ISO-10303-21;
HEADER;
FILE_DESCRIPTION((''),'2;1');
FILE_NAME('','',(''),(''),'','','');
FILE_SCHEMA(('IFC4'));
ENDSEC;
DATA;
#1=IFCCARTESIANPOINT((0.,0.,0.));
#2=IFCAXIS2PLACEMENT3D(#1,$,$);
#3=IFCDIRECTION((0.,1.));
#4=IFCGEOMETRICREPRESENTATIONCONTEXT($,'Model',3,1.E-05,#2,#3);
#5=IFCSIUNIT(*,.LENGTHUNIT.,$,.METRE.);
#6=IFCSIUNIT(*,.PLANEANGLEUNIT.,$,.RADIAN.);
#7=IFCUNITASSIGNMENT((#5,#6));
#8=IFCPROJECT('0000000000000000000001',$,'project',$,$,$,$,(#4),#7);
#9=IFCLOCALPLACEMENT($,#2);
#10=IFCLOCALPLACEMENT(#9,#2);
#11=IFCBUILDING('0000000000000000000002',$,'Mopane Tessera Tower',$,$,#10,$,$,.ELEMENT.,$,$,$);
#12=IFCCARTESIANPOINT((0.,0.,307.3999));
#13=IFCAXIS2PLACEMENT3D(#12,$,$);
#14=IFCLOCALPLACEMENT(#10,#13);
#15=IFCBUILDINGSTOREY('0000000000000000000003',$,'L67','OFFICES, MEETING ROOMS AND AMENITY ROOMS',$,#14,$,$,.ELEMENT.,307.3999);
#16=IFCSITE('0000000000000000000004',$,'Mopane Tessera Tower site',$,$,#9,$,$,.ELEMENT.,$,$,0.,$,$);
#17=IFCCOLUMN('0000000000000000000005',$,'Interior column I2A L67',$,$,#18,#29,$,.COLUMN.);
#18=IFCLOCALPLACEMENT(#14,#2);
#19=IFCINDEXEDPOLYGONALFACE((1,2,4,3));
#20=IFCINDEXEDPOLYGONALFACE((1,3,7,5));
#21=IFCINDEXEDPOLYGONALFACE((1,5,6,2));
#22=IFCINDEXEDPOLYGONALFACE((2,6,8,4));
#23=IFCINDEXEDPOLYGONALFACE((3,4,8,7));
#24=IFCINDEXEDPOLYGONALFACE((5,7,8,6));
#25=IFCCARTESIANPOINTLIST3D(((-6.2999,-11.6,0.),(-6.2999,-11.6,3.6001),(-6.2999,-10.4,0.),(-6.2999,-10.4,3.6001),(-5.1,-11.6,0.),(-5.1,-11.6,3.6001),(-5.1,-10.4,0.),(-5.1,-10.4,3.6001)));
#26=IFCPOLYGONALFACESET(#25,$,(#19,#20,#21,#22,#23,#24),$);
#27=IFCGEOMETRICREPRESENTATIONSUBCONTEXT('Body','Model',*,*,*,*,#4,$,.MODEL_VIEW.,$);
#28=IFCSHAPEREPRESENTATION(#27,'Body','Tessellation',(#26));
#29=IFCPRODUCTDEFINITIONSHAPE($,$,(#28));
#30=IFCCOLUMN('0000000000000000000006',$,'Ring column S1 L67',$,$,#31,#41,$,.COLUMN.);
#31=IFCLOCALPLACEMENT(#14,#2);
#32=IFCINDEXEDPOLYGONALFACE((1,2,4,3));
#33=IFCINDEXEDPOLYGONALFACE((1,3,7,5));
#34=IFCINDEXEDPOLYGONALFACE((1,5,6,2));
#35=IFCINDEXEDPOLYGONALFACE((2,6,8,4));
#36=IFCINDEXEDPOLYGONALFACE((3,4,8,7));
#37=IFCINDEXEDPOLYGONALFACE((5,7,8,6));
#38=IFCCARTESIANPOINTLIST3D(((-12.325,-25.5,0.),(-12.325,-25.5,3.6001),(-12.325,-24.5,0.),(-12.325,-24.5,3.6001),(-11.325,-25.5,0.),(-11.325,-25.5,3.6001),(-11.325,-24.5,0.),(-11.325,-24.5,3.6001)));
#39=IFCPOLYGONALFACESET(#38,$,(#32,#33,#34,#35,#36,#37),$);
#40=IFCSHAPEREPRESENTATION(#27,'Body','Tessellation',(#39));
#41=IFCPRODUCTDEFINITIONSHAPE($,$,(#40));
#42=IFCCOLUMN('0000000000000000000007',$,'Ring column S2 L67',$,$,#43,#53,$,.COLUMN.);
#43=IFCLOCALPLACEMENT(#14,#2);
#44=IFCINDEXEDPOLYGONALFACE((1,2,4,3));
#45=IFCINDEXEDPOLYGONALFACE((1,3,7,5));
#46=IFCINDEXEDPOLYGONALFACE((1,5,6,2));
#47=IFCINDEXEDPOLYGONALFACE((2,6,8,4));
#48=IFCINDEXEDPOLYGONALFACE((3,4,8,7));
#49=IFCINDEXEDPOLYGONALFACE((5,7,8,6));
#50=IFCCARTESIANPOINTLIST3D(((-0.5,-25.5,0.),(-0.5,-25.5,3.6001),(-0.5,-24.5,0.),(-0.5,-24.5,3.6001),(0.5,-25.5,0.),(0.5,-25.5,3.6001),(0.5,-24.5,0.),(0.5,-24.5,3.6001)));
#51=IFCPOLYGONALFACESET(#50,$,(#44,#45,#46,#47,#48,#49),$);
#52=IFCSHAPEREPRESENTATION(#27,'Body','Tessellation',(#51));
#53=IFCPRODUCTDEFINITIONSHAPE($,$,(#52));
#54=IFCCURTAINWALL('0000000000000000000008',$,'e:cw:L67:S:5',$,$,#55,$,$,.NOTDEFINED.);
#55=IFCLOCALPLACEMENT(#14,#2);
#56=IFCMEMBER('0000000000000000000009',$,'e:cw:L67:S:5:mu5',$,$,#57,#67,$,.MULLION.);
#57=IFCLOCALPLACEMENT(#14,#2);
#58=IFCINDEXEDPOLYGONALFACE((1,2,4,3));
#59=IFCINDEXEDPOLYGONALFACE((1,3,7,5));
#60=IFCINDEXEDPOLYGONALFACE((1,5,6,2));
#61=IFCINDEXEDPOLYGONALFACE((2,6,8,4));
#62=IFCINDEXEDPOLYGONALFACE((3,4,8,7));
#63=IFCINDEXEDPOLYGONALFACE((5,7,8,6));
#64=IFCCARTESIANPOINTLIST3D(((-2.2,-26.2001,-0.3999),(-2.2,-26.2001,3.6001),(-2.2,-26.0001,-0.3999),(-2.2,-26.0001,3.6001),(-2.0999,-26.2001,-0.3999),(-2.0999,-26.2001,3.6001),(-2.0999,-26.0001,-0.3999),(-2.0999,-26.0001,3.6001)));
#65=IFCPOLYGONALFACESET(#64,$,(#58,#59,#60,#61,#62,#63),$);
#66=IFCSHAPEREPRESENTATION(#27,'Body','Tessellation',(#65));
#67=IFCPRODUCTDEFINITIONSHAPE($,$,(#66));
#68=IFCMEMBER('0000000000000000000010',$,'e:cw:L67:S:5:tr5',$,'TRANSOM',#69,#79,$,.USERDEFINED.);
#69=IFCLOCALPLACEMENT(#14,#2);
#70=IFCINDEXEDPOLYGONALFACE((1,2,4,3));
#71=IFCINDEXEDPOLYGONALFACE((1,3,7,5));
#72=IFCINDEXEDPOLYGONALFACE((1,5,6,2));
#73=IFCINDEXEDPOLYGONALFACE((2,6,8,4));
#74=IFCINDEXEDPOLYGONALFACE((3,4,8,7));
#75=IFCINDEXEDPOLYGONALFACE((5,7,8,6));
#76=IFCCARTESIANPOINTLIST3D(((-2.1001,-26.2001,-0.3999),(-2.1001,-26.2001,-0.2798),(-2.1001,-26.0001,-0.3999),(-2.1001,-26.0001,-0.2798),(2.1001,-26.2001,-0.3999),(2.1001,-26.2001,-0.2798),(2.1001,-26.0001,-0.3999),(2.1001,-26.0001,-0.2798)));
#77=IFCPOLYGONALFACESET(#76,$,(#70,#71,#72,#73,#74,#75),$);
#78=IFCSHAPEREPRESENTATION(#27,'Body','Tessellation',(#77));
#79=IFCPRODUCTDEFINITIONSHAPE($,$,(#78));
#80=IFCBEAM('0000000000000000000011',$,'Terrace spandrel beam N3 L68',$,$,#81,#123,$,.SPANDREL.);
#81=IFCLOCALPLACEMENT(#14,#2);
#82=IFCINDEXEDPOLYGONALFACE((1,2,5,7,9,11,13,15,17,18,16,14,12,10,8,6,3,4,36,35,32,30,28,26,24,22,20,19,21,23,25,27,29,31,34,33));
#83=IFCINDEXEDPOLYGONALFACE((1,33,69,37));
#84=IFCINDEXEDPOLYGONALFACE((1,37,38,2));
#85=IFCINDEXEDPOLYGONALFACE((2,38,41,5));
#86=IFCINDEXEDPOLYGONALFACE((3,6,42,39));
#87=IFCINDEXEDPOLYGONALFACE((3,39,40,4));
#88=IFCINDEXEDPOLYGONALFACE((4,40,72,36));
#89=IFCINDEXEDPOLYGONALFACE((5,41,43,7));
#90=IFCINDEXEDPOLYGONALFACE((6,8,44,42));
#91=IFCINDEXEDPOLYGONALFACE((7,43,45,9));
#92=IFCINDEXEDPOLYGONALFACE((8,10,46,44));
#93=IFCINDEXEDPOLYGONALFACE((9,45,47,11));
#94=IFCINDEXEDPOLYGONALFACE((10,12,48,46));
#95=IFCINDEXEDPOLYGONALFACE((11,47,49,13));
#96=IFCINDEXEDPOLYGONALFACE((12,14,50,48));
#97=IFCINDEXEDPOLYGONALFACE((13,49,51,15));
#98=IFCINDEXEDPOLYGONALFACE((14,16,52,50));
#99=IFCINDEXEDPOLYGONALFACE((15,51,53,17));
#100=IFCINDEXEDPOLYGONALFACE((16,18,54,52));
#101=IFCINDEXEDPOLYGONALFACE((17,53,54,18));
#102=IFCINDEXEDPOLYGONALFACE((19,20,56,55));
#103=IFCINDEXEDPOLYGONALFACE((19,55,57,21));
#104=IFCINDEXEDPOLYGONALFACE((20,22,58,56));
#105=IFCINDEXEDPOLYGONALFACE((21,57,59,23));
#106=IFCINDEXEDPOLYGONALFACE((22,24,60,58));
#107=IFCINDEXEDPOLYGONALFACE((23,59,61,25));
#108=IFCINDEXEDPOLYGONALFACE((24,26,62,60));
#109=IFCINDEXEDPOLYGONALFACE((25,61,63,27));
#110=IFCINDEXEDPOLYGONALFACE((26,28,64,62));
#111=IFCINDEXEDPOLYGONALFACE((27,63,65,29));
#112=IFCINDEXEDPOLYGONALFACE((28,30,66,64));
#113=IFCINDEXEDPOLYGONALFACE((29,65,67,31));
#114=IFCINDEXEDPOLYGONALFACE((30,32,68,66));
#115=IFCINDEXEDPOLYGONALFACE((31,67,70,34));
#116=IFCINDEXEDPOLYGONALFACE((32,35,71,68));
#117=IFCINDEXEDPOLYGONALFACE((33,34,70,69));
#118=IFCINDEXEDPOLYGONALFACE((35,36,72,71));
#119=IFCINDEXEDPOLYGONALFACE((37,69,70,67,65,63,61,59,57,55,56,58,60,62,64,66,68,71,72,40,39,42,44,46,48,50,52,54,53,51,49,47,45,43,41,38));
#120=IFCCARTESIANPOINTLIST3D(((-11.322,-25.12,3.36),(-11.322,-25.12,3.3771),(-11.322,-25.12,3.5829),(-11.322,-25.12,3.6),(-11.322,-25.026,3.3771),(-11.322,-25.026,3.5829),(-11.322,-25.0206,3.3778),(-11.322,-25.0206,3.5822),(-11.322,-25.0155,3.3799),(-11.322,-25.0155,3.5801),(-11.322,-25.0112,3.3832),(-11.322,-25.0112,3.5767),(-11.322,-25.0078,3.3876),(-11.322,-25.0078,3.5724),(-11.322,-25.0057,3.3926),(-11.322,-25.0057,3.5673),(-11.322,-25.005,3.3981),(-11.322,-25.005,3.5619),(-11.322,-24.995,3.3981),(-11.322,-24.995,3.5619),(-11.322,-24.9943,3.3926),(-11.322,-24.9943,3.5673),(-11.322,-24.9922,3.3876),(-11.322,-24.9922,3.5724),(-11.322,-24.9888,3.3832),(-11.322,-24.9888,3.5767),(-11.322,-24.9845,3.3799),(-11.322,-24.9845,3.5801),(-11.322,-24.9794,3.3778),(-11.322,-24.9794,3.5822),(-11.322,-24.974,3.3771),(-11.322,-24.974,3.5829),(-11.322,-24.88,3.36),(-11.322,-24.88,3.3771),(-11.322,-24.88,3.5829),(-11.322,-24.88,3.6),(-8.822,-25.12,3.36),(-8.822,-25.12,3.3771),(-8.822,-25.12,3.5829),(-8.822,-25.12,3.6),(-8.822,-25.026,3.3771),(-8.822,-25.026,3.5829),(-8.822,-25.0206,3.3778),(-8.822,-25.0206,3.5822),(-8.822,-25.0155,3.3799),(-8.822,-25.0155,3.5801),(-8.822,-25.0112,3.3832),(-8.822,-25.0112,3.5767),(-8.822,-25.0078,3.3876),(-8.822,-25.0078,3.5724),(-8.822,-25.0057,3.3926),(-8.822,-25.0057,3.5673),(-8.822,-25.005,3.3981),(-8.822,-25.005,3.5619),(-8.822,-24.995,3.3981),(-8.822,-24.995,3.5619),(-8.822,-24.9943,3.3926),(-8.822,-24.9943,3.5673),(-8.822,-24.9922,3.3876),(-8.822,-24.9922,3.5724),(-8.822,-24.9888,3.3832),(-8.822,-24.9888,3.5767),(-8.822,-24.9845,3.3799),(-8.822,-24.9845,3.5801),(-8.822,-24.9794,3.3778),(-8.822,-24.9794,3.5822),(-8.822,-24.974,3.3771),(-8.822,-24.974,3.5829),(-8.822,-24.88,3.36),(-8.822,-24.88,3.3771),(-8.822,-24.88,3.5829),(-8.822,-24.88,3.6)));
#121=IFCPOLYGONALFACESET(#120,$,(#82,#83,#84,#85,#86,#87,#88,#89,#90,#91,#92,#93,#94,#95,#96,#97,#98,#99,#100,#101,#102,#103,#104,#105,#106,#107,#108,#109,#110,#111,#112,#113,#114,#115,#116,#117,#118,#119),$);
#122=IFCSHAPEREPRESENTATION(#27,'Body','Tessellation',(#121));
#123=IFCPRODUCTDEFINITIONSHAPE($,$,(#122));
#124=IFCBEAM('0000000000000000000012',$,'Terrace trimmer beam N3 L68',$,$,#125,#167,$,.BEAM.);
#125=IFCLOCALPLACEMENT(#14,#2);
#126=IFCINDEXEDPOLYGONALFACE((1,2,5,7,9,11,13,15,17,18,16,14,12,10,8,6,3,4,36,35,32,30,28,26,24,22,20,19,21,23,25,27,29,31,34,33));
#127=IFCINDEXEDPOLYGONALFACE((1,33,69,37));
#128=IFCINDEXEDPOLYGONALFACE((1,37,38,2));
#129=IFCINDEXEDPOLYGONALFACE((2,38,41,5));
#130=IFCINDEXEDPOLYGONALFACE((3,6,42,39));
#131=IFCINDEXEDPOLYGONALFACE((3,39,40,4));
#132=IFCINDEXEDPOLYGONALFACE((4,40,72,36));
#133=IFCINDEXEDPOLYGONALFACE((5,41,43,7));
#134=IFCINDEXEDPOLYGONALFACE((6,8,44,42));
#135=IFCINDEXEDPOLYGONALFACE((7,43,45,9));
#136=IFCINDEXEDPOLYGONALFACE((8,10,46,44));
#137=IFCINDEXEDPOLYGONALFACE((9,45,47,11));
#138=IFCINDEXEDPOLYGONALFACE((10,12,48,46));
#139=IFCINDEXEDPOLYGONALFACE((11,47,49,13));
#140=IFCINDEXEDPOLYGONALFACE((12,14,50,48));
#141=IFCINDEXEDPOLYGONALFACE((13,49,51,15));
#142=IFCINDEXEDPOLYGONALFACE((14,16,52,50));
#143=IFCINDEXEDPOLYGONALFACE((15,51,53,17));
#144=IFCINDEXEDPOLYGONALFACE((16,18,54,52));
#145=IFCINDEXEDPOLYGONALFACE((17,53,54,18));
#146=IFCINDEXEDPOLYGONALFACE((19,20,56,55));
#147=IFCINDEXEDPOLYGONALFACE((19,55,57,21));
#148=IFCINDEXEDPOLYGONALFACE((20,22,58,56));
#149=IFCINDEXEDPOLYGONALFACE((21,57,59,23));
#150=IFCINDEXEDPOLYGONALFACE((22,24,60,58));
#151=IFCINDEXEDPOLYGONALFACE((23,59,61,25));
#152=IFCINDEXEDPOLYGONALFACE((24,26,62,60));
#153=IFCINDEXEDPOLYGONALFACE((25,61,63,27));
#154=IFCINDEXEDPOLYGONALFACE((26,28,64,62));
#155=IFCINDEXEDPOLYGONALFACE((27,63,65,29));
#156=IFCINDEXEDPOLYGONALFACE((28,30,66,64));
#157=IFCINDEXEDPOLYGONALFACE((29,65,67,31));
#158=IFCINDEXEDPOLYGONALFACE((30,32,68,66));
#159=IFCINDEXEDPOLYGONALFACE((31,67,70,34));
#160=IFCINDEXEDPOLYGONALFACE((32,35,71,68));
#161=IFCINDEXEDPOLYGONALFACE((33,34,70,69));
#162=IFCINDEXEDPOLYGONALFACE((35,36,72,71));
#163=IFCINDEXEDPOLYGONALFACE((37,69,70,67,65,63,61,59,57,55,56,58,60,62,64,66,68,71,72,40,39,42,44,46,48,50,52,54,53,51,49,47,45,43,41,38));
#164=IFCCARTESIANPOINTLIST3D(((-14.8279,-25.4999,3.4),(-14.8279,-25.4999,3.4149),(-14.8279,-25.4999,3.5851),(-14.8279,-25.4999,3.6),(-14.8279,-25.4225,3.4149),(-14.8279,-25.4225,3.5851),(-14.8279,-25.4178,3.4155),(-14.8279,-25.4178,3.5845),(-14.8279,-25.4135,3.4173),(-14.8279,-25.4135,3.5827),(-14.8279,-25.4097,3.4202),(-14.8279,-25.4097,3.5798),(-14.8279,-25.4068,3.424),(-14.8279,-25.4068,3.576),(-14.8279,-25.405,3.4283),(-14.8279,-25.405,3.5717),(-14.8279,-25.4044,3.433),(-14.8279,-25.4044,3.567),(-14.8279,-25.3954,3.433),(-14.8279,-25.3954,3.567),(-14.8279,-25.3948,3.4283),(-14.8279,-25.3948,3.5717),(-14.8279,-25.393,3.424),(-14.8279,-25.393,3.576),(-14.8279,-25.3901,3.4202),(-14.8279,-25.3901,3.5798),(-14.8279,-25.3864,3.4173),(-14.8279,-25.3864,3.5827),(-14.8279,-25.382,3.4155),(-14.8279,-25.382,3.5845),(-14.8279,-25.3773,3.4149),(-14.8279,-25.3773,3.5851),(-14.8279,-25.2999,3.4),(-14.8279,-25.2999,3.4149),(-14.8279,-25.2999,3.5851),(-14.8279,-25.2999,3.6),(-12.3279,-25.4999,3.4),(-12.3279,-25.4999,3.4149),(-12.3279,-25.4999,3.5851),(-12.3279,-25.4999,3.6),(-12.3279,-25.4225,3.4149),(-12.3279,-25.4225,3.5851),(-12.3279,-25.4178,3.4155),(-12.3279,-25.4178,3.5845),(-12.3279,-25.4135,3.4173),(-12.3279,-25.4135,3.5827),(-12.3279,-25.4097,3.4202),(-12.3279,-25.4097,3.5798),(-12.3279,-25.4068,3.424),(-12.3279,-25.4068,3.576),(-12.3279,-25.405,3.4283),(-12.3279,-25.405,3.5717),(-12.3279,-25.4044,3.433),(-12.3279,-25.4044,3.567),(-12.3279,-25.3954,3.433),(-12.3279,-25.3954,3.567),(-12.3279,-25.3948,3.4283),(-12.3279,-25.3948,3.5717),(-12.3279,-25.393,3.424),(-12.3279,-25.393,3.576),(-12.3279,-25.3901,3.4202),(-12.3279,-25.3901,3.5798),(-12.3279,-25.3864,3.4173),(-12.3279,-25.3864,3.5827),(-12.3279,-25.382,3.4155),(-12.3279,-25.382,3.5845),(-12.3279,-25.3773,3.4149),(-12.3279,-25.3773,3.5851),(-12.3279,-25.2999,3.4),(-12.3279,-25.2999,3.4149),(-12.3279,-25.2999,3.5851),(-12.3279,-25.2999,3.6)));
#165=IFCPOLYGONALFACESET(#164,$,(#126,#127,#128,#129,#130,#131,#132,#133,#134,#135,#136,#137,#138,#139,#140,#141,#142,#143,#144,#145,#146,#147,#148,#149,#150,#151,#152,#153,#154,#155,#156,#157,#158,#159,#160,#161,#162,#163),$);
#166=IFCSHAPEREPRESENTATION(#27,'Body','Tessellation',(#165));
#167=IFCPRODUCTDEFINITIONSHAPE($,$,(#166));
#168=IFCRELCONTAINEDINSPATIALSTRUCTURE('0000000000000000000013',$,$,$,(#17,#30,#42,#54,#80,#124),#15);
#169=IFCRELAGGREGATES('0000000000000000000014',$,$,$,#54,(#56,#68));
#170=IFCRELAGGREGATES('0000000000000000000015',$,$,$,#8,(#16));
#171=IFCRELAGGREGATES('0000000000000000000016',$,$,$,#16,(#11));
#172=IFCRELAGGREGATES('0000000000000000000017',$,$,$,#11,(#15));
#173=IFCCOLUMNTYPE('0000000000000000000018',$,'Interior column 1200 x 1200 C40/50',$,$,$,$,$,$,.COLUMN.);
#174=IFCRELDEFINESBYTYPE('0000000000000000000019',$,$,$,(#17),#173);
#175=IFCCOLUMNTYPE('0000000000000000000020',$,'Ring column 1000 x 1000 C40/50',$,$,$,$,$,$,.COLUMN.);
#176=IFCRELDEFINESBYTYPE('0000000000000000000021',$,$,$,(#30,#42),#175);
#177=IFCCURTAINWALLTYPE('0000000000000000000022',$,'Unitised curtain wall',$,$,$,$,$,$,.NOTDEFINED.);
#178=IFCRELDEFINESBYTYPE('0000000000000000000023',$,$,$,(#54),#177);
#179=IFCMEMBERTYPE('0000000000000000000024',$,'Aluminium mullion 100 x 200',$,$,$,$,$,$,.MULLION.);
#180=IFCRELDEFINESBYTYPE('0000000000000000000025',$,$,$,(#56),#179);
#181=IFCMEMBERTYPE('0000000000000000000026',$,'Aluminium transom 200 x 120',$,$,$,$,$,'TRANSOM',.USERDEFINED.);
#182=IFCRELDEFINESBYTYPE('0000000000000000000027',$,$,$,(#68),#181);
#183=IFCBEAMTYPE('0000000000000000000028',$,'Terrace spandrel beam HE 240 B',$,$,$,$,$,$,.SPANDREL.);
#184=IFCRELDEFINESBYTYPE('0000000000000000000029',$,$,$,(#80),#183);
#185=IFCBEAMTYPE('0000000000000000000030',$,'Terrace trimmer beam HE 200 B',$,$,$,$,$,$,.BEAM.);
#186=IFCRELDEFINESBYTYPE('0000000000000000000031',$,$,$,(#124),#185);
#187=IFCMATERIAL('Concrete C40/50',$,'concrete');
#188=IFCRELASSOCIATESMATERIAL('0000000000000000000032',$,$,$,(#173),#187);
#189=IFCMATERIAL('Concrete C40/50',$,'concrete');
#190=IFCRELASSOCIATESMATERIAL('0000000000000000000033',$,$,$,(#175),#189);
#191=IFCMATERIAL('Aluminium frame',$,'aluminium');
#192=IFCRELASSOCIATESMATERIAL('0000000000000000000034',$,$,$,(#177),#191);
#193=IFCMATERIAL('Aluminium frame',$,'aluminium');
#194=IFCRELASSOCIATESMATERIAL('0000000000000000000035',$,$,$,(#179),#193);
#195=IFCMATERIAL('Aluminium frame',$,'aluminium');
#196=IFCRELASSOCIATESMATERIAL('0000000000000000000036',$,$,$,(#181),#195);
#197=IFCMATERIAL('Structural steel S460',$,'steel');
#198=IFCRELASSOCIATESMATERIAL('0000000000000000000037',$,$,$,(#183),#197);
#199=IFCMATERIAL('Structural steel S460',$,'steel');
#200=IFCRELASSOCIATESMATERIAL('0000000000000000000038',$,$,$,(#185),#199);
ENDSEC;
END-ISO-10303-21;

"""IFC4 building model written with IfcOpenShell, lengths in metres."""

from ifc_helpers import new_model, si_unit, direction, frame, origin, origin_2d, place, context, subcontext, project, spatial, rectangle, i_section, extrude, material, material_profile, profile_set, type_object, element, aggregate, save


model = new_model("IFC4")

# Units and contexts
model_context = context("Model", 3, precision=1e-05, world=origin(), true_north=direction((0.0, 1.0)))
body_context = subcontext(model_context, "Body", "Model", "MODEL_VIEW")
ifc_project = project(units=[si_unit("LENGTHUNIT", "METRE"), si_unit("PLANEANGLEUNIT", "RADIAN")], contexts=[model_context])

# Site, building, storey
site_placement = place(None, origin())
site = spatial("IfcSite", under=ifc_project, at=site_placement, Name="Mopane Tessera Tower site", CompositionType="ELEMENT", RefElevation=0.0)
building_placement = place(site_placement, origin())
building = spatial("IfcBuilding", under=site, at=building_placement, Name="Mopane Tessera Tower", CompositionType="ELEMENT")
storey_placement = place(building_placement, frame((0.0, 0.0, 307.3999)))
storey = spatial("IfcBuildingStorey", under=building, at=storey_placement, Name="L67", Description="OFFICES, MEETING ROOMS AND AMENITY ROOMS", CompositionType="ELEMENT", Elevation=307.3999)

# Columns
ifc_material_1 = material(Name="Concrete C40/50", Category="concrete")
ifc_material_profile_1 = material_profile(ifc_material_1, rectangle(XDim=1.2, YDim=1.2, at=origin_2d()))
ifc_profile_set_1 = profile_set([ifc_material_profile_1], Name="Concrete C40/50")
column_type_1 = type_object("IfcColumnType", Name="Interior column 1200 x 1200 C40/50", PredefinedType="COLUMN", material=ifc_profile_set_1)
column_placement = place(storey_placement, frame((-5.7, -11.0, 0.0), z_axis=(0.0, 0.0, 1.0), x_axis=(1.0, 0.0, 0.0)))
element("IfcColumn", 1, at=column_placement, inside=storey, type_object=column_type_1, Name="Interior column I2A L67", PredefinedType="COLUMN", context=body_context, shape_type="SweptSolid", body=[
    extrude(rectangle(XDim=1.2, YDim=1.2, at=origin_2d()), origin(), (0.0, 0.0, 1.0), 3.6001),
])
ifc_material_2 = material(Name="Concrete C40/50", Category="concrete")
ifc_material_profile_2 = material_profile(ifc_material_2, rectangle(XDim=1.0, YDim=1.0, at=origin_2d()))
ifc_profile_set_2 = profile_set([ifc_material_profile_2], Name="Concrete C40/50")
column_type_2 = type_object("IfcColumnType", Name="Ring column 1000 x 1000 C40/50", PredefinedType="COLUMN", material=ifc_profile_set_2)
for number, where, z_axis, x_axis, name in (
    (2, (-11.825, -25.0, 0.0), (0.0, 0.0, 1.0), (1.0, 0.0, 0.0), "Ring column S1 L67"),
    (3, (0.0, -25.0, 0.0), (0.0, 0.0, 1.0), (1.0, 0.0, 0.0), "Ring column S2 L67"),
):
    element("IfcColumn", number, at=place(storey_placement, frame(where, z_axis=z_axis, x_axis=x_axis)), inside=storey, type_object=column_type_2, Name=name, PredefinedType="COLUMN", context=body_context, shape_type="SweptSolid", body=[
        extrude(rectangle(XDim=1.0, YDim=1.0, at=origin_2d()), origin(), (0.0, 0.0, 1.0), 3.6001),
    ])

# Curtain wall, members
ifc_material_3 = material(Name="Aluminium frame", Category="aluminium")
curtain_wall_type = type_object("IfcCurtainWallType", Name="Unitised curtain wall", PredefinedType="NOTDEFINED", material=ifc_material_3)
curtain_wall_placement = place(storey_placement, origin())
curtain_wall = element("IfcCurtainWall", 4, at=curtain_wall_placement, inside=storey, type_object=curtain_wall_type, Name="e:cw:L67:S:5", PredefinedType="NOTDEFINED")
ifc_material_4 = material(Name="Aluminium frame", Category="aluminium")
ifc_material_profile_3 = material_profile(ifc_material_4, rectangle(XDim=0.1001, YDim=0.2, at=origin_2d()))
ifc_profile_set_3 = profile_set([ifc_material_profile_3], Name="Aluminium frame")
member_type_1 = type_object("IfcMemberType", Name="Aluminium mullion 100 x 200", PredefinedType="MULLION", material=ifc_profile_set_3)
member_1_placement = place(storey_placement, frame((-2.1499, -26.1001, -0.3999), z_axis=(0.0, 0.0, 1.0), x_axis=(1.0, 0.0, 0.0)))
member_1 = element("IfcMember", 5, at=member_1_placement, type_object=member_type_1, Name="e:cw:L67:S:5:mu5", PredefinedType="MULLION", context=body_context, shape_type="SweptSolid", body=[
    extrude(rectangle(XDim=0.1001, YDim=0.2, at=origin_2d()), origin(), (0.0, 0.0, 1.0), 4.0),
])
ifc_material_5 = material(Name="Aluminium frame", Category="aluminium")
ifc_material_profile_4 = material_profile(ifc_material_5, rectangle(XDim=0.2, YDim=0.1201, at=origin_2d()))
ifc_profile_set_4 = profile_set([ifc_material_profile_4], Name="Aluminium frame")
member_type_2 = type_object("IfcMemberType", Name="Aluminium transom 200 x 120", ElementType="TRANSOM", PredefinedType="USERDEFINED", material=ifc_profile_set_4)
member_2_placement = place(storey_placement, frame((-2.1001, -26.1001, -0.3398), z_axis=(1.0, 0.0, 0.0), x_axis=(0.0, 1.0, 0.0)))
member_2 = element("IfcMember", 6, at=member_2_placement, type_object=member_type_2, Name="e:cw:L67:S:5:tr5", ObjectType="TRANSOM", PredefinedType="USERDEFINED", context=body_context, shape_type="SweptSolid", body=[
    extrude(rectangle(XDim=0.2, YDim=0.1201, at=origin_2d()), origin(), (0.0, 0.0, 1.0), 4.2002),
])
aggregate(curtain_wall, [member_1, member_2])

# Beams
ifc_material_6 = material(Name="Structural steel S460", Category="steel")
ifc_material_profile_5 = material_profile(ifc_material_6, i_section(OverallWidth=0.24, OverallDepth=0.24, WebThickness=0.01, FlangeThickness=0.0171, FilletRadius=0.021, at=origin_2d()))
ifc_profile_set_5 = profile_set([ifc_material_profile_5], Name="Structural steel S460")
beam_type_1 = type_object("IfcBeamType", Name="Terrace spandrel beam HE 240 B", PredefinedType="SPANDREL", material=ifc_profile_set_5)
beam_1_placement = place(storey_placement, frame((-11.322, -25.0, 3.48), z_axis=(1.0, 0.0, 0.0), x_axis=(0.0, 1.0, 0.0)))
element("IfcBeam", 7, at=beam_1_placement, inside=storey, type_object=beam_type_1, Name="Terrace spandrel beam N3 L68", PredefinedType="SPANDREL", context=body_context, shape_type="SweptSolid", body=[
    extrude(i_section(OverallWidth=0.24, OverallDepth=0.24, WebThickness=0.01, FlangeThickness=0.0171, FilletRadius=0.021, at=origin_2d()), origin(), (0.0, 0.0, 1.0), 2.5),
])
ifc_material_7 = material(Name="Structural steel S460", Category="steel")
ifc_material_profile_6 = material_profile(ifc_material_7, i_section(OverallWidth=0.2, OverallDepth=0.2, WebThickness=0.009, FlangeThickness=0.0149, FilletRadius=0.0181, at=origin_2d()))
ifc_profile_set_6 = profile_set([ifc_material_profile_6], Name="Structural steel S460")
beam_type_2 = type_object("IfcBeamType", Name="Terrace trimmer beam HE 200 B", PredefinedType="BEAM", material=ifc_profile_set_6)
beam_2_placement = place(storey_placement, frame((-12.3279, -25.3999, 3.5), z_axis=(-1.0, 0.0, 0.0), x_axis=(0.0, -1.0, 0.0)))
element("IfcBeam", 8, at=beam_2_placement, inside=storey, type_object=beam_type_2, Name="Terrace trimmer beam N3 L68", PredefinedType="BEAM", context=body_context, shape_type="SweptSolid", body=[
    extrude(i_section(OverallWidth=0.2, OverallDepth=0.2, WebThickness=0.009, FlangeThickness=0.0149, FilletRadius=0.0181, at=origin_2d()), origin(), (0.0, 0.0, 1.0), 2.5),
])

save(model, "model.ifc")
